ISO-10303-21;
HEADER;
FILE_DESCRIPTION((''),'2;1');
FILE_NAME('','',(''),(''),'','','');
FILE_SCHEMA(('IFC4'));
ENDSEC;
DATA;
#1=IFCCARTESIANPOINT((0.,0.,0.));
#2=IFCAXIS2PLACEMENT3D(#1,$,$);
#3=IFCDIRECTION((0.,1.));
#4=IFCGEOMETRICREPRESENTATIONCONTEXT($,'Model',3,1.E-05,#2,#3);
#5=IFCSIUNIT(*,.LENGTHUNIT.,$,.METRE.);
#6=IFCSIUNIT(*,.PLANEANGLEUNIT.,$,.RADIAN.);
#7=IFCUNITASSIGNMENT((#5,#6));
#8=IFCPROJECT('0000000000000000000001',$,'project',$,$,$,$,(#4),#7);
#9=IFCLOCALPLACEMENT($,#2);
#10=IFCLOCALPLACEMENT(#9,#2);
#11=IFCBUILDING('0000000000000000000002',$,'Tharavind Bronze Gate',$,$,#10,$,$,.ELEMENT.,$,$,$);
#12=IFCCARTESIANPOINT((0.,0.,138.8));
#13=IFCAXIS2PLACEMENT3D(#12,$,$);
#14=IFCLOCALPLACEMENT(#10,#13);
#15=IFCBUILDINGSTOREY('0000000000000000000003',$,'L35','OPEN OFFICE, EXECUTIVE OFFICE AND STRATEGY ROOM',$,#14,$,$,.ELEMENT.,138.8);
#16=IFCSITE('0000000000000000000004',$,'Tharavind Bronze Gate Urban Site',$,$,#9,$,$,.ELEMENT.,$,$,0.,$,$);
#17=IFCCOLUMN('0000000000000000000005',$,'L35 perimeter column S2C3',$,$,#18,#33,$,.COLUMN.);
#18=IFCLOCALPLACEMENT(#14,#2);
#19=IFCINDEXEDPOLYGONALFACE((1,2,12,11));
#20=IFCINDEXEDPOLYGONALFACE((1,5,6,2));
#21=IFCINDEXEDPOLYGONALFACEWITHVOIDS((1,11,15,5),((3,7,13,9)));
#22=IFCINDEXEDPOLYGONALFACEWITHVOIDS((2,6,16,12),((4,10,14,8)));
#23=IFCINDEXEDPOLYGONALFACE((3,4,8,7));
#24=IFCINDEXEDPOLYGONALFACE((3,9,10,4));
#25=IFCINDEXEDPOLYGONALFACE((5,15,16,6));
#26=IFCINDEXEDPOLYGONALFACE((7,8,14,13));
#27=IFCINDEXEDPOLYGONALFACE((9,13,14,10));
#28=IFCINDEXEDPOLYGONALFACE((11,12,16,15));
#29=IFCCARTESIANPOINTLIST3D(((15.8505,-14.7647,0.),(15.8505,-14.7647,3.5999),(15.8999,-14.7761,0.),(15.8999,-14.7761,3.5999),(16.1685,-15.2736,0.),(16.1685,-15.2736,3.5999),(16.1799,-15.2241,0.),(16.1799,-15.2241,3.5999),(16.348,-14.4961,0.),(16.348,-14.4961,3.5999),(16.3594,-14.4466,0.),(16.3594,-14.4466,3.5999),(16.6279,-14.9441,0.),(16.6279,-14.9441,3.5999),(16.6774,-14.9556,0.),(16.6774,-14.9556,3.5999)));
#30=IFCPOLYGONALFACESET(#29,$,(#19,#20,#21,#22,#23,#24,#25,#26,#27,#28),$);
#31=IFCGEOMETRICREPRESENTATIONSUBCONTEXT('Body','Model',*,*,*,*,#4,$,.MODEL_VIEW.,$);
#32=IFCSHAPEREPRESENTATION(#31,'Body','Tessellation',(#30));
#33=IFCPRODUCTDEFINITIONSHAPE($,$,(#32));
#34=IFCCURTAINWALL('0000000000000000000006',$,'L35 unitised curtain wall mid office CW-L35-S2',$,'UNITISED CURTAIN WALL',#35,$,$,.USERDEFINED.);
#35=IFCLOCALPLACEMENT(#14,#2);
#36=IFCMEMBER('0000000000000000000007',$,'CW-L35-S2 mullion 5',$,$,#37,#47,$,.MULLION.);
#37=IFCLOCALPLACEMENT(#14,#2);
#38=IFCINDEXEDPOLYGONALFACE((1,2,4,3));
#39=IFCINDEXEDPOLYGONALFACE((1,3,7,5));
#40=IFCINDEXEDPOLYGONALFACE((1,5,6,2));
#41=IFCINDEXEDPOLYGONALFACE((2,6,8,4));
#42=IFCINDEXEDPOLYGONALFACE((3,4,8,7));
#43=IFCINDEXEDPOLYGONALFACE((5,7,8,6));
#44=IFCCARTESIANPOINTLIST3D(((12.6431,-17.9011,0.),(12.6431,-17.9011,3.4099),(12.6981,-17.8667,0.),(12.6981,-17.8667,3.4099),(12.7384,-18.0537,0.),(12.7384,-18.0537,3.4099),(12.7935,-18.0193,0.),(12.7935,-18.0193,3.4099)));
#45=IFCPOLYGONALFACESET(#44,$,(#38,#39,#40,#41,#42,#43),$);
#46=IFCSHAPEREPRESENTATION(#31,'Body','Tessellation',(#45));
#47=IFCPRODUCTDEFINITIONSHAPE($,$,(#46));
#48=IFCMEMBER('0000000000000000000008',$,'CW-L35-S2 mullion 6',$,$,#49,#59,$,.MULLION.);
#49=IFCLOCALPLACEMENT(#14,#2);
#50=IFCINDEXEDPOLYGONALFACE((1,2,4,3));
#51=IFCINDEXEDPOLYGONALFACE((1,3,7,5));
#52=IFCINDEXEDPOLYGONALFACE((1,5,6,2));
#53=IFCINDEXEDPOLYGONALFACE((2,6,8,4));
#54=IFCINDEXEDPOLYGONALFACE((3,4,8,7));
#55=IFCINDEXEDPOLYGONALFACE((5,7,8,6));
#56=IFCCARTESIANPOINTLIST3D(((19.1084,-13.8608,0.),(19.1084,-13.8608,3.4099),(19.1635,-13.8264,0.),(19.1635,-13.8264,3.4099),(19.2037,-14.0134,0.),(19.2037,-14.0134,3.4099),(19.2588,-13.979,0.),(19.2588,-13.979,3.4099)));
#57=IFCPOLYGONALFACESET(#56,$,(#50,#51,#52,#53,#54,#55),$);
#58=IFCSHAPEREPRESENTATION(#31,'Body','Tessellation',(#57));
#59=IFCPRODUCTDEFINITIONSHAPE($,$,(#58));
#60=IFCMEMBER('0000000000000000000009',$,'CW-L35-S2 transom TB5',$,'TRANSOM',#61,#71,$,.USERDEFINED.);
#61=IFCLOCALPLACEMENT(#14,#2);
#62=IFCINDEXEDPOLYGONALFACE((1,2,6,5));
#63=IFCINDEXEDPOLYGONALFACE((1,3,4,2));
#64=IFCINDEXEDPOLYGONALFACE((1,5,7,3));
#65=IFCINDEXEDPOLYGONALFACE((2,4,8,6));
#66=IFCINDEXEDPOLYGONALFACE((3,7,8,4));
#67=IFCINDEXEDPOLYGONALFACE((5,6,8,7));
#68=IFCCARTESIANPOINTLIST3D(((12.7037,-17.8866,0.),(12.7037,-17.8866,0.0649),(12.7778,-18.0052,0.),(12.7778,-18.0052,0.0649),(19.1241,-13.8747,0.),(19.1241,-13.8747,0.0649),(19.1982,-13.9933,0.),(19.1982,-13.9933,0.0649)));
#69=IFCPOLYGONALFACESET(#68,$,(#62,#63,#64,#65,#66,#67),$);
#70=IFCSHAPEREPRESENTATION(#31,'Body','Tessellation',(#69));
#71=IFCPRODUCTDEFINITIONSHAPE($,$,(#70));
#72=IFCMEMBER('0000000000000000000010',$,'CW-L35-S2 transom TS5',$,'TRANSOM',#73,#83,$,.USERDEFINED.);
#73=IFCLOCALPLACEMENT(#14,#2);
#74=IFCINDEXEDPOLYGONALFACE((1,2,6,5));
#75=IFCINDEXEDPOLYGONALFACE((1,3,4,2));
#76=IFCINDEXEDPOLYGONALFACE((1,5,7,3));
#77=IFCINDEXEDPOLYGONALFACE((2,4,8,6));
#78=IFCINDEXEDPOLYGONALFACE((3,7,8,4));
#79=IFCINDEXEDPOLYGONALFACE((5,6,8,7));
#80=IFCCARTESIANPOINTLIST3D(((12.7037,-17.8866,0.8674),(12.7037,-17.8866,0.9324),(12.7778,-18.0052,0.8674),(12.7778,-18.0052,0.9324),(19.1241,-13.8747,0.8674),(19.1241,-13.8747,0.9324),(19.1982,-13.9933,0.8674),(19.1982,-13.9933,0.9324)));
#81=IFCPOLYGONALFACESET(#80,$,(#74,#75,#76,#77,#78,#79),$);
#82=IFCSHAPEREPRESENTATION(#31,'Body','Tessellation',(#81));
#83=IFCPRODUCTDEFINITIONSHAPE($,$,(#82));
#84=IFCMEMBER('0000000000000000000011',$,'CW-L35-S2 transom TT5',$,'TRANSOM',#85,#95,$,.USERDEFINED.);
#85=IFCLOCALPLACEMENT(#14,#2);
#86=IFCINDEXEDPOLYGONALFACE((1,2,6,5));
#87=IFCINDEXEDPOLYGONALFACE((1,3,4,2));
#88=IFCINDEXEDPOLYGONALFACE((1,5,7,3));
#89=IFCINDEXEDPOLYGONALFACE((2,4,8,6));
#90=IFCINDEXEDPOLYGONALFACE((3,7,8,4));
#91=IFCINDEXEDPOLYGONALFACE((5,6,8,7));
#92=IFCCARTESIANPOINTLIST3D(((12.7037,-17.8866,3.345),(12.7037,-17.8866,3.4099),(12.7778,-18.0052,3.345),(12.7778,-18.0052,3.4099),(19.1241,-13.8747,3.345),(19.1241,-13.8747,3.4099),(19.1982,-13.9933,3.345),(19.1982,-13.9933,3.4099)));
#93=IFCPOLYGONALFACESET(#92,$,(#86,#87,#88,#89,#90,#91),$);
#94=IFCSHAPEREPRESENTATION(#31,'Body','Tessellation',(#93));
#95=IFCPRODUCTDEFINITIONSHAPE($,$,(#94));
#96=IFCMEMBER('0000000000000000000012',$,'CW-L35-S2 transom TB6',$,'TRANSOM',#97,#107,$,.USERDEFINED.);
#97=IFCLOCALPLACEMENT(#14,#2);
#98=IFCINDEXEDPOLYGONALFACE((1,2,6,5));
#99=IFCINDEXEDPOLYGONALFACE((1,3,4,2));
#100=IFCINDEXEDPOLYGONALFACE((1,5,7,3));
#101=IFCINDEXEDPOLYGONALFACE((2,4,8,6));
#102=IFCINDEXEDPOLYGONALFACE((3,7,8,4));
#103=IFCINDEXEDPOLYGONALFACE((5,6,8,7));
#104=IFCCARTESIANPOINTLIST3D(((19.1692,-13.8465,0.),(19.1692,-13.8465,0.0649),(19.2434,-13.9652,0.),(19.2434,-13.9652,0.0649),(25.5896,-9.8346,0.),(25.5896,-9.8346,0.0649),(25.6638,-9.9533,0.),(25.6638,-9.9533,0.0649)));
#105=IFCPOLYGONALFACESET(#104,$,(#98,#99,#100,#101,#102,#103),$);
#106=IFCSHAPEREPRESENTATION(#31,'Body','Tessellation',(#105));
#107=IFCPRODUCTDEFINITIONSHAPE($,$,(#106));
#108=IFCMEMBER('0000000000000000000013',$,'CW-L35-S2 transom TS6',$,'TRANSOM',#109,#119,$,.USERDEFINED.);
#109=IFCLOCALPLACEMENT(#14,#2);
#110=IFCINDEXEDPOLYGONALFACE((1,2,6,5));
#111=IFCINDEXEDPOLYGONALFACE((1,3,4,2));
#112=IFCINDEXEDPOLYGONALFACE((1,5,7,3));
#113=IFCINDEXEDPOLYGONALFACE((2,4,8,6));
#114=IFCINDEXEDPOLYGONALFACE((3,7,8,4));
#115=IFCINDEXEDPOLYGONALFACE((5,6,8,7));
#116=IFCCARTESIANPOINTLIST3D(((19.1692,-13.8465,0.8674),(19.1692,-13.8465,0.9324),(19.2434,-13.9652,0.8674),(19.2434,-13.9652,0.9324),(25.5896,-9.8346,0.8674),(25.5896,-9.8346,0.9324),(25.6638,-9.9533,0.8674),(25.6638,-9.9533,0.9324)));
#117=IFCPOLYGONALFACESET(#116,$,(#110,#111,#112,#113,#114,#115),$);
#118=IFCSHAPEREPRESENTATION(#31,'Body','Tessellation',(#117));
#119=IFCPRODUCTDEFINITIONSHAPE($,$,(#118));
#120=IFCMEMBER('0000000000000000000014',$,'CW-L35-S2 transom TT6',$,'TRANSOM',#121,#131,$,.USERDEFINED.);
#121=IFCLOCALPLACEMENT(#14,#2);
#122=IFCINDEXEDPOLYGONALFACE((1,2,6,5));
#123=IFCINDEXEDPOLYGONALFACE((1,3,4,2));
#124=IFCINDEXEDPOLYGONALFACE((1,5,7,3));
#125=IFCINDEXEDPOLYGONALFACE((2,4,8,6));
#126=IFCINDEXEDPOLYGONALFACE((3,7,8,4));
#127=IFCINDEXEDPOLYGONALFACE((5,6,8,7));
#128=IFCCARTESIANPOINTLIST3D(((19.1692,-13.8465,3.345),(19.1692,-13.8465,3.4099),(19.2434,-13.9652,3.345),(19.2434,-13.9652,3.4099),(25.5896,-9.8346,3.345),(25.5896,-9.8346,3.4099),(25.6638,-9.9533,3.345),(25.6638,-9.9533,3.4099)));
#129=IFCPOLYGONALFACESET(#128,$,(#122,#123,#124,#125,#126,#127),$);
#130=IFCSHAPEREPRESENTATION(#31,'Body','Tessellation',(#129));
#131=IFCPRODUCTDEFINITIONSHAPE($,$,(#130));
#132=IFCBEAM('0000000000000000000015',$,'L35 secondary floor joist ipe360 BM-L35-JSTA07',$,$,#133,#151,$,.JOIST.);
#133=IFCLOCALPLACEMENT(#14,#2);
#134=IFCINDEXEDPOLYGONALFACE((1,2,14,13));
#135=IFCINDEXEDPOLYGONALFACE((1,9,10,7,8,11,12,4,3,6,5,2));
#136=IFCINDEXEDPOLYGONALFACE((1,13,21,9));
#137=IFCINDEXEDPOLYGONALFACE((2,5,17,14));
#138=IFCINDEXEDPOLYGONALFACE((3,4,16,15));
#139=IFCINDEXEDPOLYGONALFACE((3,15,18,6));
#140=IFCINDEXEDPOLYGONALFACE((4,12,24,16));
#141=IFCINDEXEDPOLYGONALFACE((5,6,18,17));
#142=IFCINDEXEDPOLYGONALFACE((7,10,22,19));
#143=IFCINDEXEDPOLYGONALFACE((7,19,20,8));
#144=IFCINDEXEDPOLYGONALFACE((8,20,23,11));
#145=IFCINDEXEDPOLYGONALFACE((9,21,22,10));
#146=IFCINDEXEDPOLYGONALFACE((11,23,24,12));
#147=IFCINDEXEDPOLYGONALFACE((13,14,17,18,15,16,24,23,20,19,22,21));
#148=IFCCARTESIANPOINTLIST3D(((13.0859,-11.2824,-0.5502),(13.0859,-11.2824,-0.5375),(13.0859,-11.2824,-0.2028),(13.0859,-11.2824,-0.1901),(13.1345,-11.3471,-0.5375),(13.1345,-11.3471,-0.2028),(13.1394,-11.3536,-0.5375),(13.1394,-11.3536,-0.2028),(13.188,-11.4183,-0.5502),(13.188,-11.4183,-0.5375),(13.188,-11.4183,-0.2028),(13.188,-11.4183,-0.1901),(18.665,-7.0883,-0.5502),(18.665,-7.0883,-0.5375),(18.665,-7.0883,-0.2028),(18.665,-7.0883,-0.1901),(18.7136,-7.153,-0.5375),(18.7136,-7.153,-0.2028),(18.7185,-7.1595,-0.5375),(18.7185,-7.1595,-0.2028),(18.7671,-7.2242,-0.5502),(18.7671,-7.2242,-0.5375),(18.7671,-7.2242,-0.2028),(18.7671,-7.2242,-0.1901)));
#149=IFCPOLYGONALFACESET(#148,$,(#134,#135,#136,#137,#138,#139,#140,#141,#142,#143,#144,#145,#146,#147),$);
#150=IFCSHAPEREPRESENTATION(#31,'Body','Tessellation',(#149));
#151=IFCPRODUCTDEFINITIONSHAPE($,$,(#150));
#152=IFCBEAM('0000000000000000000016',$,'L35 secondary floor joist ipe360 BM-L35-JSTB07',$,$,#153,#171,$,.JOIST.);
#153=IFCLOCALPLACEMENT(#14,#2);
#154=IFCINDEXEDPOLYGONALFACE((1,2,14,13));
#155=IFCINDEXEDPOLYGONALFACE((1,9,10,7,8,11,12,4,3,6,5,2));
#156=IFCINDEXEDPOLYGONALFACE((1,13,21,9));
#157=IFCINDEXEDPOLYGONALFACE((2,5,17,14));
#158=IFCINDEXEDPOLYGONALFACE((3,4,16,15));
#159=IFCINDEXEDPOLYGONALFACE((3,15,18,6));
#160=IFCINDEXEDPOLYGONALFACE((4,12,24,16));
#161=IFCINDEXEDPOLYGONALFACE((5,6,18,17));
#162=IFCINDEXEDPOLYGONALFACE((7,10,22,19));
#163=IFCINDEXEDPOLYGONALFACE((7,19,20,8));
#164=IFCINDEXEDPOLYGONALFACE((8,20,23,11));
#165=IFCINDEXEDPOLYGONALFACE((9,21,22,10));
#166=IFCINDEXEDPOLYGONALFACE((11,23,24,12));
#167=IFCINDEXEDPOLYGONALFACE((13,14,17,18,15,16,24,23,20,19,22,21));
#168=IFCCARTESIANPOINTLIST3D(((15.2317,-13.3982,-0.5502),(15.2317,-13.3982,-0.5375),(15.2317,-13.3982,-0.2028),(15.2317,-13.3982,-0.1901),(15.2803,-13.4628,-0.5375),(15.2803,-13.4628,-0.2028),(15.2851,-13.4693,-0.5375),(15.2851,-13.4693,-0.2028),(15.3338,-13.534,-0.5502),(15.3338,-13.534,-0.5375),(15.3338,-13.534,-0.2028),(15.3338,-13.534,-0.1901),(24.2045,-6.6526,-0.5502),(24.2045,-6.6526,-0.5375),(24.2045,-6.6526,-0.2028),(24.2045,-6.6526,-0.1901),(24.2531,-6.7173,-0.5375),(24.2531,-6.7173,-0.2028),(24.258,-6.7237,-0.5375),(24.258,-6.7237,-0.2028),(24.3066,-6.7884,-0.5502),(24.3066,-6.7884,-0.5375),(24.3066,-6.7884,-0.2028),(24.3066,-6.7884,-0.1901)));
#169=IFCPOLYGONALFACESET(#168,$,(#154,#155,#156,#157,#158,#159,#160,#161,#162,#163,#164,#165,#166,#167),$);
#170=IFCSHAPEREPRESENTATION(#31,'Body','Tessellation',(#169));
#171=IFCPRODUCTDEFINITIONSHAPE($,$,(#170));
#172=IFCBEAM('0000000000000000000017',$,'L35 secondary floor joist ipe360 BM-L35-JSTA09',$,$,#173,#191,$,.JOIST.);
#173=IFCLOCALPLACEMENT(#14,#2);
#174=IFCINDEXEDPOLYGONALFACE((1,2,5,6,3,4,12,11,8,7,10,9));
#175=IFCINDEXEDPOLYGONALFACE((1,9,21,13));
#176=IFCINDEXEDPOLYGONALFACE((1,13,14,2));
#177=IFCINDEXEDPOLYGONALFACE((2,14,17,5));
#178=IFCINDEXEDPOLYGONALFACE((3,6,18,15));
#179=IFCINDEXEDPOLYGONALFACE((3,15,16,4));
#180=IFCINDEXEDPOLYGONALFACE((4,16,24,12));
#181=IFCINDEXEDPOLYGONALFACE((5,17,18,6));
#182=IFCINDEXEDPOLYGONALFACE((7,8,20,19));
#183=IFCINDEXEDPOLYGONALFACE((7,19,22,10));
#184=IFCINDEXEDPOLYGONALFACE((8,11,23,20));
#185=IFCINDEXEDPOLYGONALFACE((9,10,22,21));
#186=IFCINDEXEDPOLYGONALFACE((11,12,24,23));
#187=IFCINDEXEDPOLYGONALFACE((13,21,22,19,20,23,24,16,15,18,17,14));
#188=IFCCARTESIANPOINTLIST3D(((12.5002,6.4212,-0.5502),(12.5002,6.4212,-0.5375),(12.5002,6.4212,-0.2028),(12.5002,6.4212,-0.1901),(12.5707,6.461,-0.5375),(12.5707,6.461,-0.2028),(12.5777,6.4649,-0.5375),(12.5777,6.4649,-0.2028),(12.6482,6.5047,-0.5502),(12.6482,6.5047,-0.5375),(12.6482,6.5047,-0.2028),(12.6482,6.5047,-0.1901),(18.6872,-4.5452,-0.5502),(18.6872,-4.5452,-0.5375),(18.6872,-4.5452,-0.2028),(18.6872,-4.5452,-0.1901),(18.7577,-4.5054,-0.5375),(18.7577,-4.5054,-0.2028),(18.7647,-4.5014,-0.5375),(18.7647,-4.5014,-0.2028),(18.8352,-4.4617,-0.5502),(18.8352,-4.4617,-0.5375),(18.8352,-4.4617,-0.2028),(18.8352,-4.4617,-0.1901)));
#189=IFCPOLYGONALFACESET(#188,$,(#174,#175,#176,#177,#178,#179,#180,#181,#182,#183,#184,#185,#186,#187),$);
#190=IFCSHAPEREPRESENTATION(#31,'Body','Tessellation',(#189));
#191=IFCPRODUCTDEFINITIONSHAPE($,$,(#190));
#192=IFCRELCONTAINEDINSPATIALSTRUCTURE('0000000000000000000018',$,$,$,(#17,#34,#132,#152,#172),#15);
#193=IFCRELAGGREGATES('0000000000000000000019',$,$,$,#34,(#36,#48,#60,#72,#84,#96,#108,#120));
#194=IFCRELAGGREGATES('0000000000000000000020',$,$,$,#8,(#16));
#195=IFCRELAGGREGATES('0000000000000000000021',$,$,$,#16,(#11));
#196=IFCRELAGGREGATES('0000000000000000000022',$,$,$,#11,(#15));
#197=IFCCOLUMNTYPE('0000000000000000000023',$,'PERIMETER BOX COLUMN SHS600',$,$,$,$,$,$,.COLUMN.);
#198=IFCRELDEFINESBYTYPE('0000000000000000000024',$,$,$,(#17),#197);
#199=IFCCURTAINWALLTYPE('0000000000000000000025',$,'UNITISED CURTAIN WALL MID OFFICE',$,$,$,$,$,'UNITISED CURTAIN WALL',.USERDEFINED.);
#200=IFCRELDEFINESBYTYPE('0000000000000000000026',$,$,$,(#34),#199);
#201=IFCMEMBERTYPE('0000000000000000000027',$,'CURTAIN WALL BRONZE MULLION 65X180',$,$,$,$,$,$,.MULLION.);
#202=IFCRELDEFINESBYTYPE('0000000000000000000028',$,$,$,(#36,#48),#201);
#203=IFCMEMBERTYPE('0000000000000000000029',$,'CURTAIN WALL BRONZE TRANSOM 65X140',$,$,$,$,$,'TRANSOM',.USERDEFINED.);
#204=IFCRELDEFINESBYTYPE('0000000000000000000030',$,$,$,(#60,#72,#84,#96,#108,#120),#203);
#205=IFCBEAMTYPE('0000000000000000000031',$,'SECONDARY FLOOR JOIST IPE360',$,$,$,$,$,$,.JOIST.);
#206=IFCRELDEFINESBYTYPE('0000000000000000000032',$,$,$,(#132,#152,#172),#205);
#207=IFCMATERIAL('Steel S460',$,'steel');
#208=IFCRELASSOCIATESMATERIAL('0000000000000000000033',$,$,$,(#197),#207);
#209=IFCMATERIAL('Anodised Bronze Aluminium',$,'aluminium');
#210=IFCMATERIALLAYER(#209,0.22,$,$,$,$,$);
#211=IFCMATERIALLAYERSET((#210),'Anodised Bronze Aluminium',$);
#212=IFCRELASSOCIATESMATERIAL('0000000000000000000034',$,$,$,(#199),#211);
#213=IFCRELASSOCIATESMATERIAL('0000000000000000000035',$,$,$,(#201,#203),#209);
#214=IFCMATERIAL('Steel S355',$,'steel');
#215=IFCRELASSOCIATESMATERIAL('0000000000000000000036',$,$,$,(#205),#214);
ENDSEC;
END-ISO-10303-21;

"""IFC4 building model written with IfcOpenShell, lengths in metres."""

from ifc_helpers import new_model, si_unit, direction, frame, origin, origin_2d, place, context, subcontext, project, spatial, rectangle, hollow_rectangle, i_section, extrude, material, layer, layer_set, material_profile, profile_set, type_object, element, aggregate, save


model = new_model("IFC4")

# Units and contexts
model_context = context("Model", 3, precision=1e-05, world=origin(), true_north=direction((0.0, 1.0)))
body_context = subcontext(model_context, "Body", "Model", "MODEL_VIEW")
ifc_project = project(units=[si_unit("LENGTHUNIT", "METRE"), si_unit("PLANEANGLEUNIT", "RADIAN")], contexts=[model_context])

# Site, building, storey
site_placement = place(None, origin())
site = spatial("IfcSite", under=ifc_project, at=site_placement, Name="Tharavind Bronze Gate Urban Site", CompositionType="ELEMENT", RefElevation=0.0)
building_placement = place(site_placement, origin())
building = spatial("IfcBuilding", under=site, at=building_placement, Name="Tharavind Bronze Gate", CompositionType="ELEMENT")
storey_placement = place(building_placement, frame((0.0, 0.0, 138.8)))
storey = spatial("IfcBuildingStorey", under=building, at=storey_placement, Name="L35", Description="OPEN OFFICE, EXECUTIVE OFFICE AND STRATEGY ROOM", CompositionType="ELEMENT", Elevation=138.8)

# Column
ifc_material_1 = material(Name="Steel S460", Category="steel")
ifc_material_profile_1 = material_profile(ifc_material_1, hollow_rectangle(XDim=0.6001, YDim=0.6001, WallThickness=0.0359, at=origin_2d()), Name="SHS600X36")
ifc_profile_set_1 = profile_set([ifc_material_profile_1], Name="Steel S460")
column_type = type_object("IfcColumnType", Name="PERIMETER BOX COLUMN SHS600", PredefinedType="COLUMN", material=ifc_profile_set_1)
column_placement = place(storey_placement, frame((16.2639, -14.8601, 0.0), z_axis=(0.0, 0.0, 1.0), x_axis=(0.848047, 0.529921, 0.0)))
element("IfcColumn", 1, at=column_placement, inside=storey, type_object=column_type, Name="L35 perimeter column S2C3", PredefinedType="COLUMN", context=body_context, shape_type="SweptSolid", body=[
    extrude(hollow_rectangle(XDim=0.6001, YDim=0.6001, WallThickness=0.0359, at=origin_2d()), origin(), (0.0, 0.0, 1.0), 3.5999),
])

# Curtain wall, members
ifc_material_2 = material(Name="Anodised Bronze Aluminium", Category="aluminium")
ifc_layer_1 = layer(ifc_material_2, 0.22)
ifc_layer_set_1 = layer_set([ifc_layer_1], Name="Anodised Bronze Aluminium")
curtain_wall_type = type_object("IfcCurtainWallType", Name="UNITISED CURTAIN WALL MID OFFICE", ElementType="UNITISED CURTAIN WALL", PredefinedType="USERDEFINED", material=ifc_layer_set_1)
curtain_wall_placement = place(storey_placement, origin())
curtain_wall = element("IfcCurtainWall", 2, at=curtain_wall_placement, inside=storey, type_object=curtain_wall_type, Name="L35 unitised curtain wall mid office CW-L35-S2", ObjectType="UNITISED CURTAIN WALL", PredefinedType="USERDEFINED")
member_type_1 = type_object("IfcMemberType", Name="CURTAIN WALL BRONZE MULLION 65X180", PredefinedType="MULLION", material=ifc_material_2)
member_1_placement = place(storey_placement, frame((12.7183, -17.9602, 0.0), z_axis=(0.0, 0.0, 1.0), x_axis=(0.848048, 0.529919, 0.0)))
member_1 = element("IfcMember", 3, at=member_1_placement, type_object=member_type_1, Name="CW-L35-S2 mullion 5", PredefinedType="MULLION", context=body_context, shape_type="SweptSolid", body=[
    extrude(rectangle(XDim=0.0649, YDim=0.1799, at=origin_2d()), origin(), (0.0, 0.0, 1.0), 3.4099),
])
member_2_placement = place(storey_placement, frame((19.1836, -13.9199, 0.0), z_axis=(0.0, 0.0, 1.0), x_axis=(0.848048, 0.529919, 0.0)))
member_2 = element("IfcMember", 4, at=member_2_placement, type_object=member_type_1, Name="CW-L35-S2 mullion 6", PredefinedType="MULLION", context=body_context, shape_type="SweptSolid", body=[
    extrude(rectangle(XDim=0.0649, YDim=0.1799, at=origin_2d()), origin(), (0.0, 0.0, 1.0), 3.4099),
])
member_type_2 = type_object("IfcMemberType", Name="CURTAIN WALL BRONZE TRANSOM 65X140", ElementType="TRANSOM", PredefinedType="USERDEFINED", material=ifc_material_2)
member_3_placement = place(storey_placement, frame((15.9509, -15.9399, 0.0), z_axis=(0.0, 0.0, 1.0), x_axis=(0.848048, 0.529919, 0.0)))
member_3 = element("IfcMember", 5, at=member_3_placement, type_object=member_type_2, Name="CW-L35-S2 transom TB5", ObjectType="TRANSOM", PredefinedType="USERDEFINED", context=body_context, shape_type="SweptSolid", body=[
    extrude(rectangle(XDim=7.5708, YDim=0.1399, at=origin_2d()), origin(), (0.0, 0.0, 1.0), 0.0649),
])
member_4_placement = place(storey_placement, frame((15.9509, -15.9399, 0.8674), z_axis=(0.0, 0.0, 1.0), x_axis=(0.848048, 0.529919, 0.0)))
member_4 = element("IfcMember", 6, at=member_4_placement, type_object=member_type_2, Name="CW-L35-S2 transom TS5", ObjectType="TRANSOM", PredefinedType="USERDEFINED", context=body_context, shape_type="SweptSolid", body=[
    extrude(rectangle(XDim=7.5708, YDim=0.1399, at=origin_2d()), origin(), (0.0, 0.0, 1.0), 0.0649),
])
member_5_placement = place(storey_placement, frame((15.9509, -15.9399, 3.345), z_axis=(0.0, 0.0, 1.0), x_axis=(0.848048, 0.529919, 0.0)))
member_5 = element("IfcMember", 7, at=member_5_placement, type_object=member_type_2, Name="CW-L35-S2 transom TT5", ObjectType="TRANSOM", PredefinedType="USERDEFINED", context=body_context, shape_type="SweptSolid", body=[
    extrude(rectangle(XDim=7.5708, YDim=0.1399, at=origin_2d()), origin(), (0.0, 0.0, 1.0), 0.0649),
])
member_6_placement = place(storey_placement, frame((22.4165, -11.8999, 0.0), z_axis=(0.0, 0.0, 1.0), x_axis=(0.848048, 0.529919, 0.0)))
member_6 = element("IfcMember", 8, at=member_6_placement, type_object=member_type_2, Name="CW-L35-S2 transom TB6", ObjectType="TRANSOM", PredefinedType="USERDEFINED", context=body_context, shape_type="SweptSolid", body=[
    extrude(rectangle(XDim=7.5708, YDim=0.1399, at=origin_2d()), origin(), (0.0, 0.0, 1.0), 0.0649),
])
member_7_placement = place(storey_placement, frame((22.4165, -11.8999, 0.8674), z_axis=(0.0, 0.0, 1.0), x_axis=(0.848048, 0.529919, 0.0)))
member_7 = element("IfcMember", 9, at=member_7_placement, type_object=member_type_2, Name="CW-L35-S2 transom TS6", ObjectType="TRANSOM", PredefinedType="USERDEFINED", context=body_context, shape_type="SweptSolid", body=[
    extrude(rectangle(XDim=7.5708, YDim=0.1399, at=origin_2d()), origin(), (0.0, 0.0, 1.0), 0.0649),
])
member_8_placement = place(storey_placement, frame((22.4165, -11.8999, 3.345), z_axis=(0.0, 0.0, 1.0), x_axis=(0.848048, 0.529919, 0.0)))
member_8 = element("IfcMember", 10, at=member_8_placement, type_object=member_type_2, Name="CW-L35-S2 transom TT6", ObjectType="TRANSOM", PredefinedType="USERDEFINED", context=body_context, shape_type="SweptSolid", body=[
    extrude(rectangle(XDim=7.5708, YDim=0.1399, at=origin_2d()), origin(), (0.0, 0.0, 1.0), 0.0649),
])

# Beams
ifc_material_3 = material(Name="Steel S355", Category="steel")
ifc_material_profile_2 = material_profile(ifc_material_3, i_section(OverallWidth=0.1699, OverallDepth=0.3601, WebThickness=0.0081, FlangeThickness=0.0127, at=origin_2d()), Name="IPE360")
ifc_profile_set_2 = profile_set([ifc_material_profile_2], Name="Steel S355")
beam_type_1 = type_object("IfcBeamType", Name="SECONDARY FLOOR JOIST IPE360", PredefinedType="JOIST", material=ifc_profile_set_2)
beam_1_placement = place(storey_placement, frame((13.137, -11.3503, -0.3701), z_axis=(0.799328, 0.600895, 0.0), x_axis=(-0.600895, 0.799328, 0.0)))
element("IfcBeam", 11, at=beam_1_placement, inside=storey, type_object=beam_type_1, Name="L35 secondary floor joist ipe360 BM-L35-JSTA07", PredefinedType="JOIST", context=body_context, shape_type="SweptSolid", body=[
    extrude(i_section(OverallWidth=0.1699, OverallDepth=0.3601, WebThickness=0.0081, FlangeThickness=0.0127, at=origin_2d()), origin(), (0.0, 0.0, 1.0), 6.9797),
])
beam_2_placement = place(storey_placement, frame((15.2827, -13.4661, -0.3701), z_axis=(0.799318, 0.600908, 0.0), x_axis=(-0.600908, 0.799318, 0.0)))
element("IfcBeam", 12, at=beam_2_placement, inside=storey, type_object=beam_type_1, Name="L35 secondary floor joist ipe360 BM-L35-JSTB07", PredefinedType="JOIST", context=body_context, shape_type="SweptSolid", body=[
    extrude(i_section(OverallWidth=0.1699, OverallDepth=0.3601, WebThickness=0.0081, FlangeThickness=0.0127, at=origin_2d()), origin(), (0.0, 0.0, 1.0), 11.2256),
])
beam_3_placement = place(storey_placement, frame((18.7612, -4.5034, -0.3701), z_axis=(-0.491375, 0.870948, 0.0), x_axis=(-0.870948, -0.491375, 0.0)))
element("IfcBeam", 13, at=beam_3_placement, inside=storey, type_object=beam_type_1, Name="L35 secondary floor joist ipe360 BM-L35-JSTA09", PredefinedType="JOIST", context=body_context, shape_type="SweptSolid", body=[
    extrude(i_section(OverallWidth=0.1699, OverallDepth=0.3601, WebThickness=0.0081, FlangeThickness=0.0127, at=origin_2d()), origin(), (0.0, 0.0, 1.0), 12.5913),
])

aggregate(curtain_wall, [member_1, member_2, member_3, member_4, member_5, member_6, member_7, member_8])

save(model, "model.ifc")
